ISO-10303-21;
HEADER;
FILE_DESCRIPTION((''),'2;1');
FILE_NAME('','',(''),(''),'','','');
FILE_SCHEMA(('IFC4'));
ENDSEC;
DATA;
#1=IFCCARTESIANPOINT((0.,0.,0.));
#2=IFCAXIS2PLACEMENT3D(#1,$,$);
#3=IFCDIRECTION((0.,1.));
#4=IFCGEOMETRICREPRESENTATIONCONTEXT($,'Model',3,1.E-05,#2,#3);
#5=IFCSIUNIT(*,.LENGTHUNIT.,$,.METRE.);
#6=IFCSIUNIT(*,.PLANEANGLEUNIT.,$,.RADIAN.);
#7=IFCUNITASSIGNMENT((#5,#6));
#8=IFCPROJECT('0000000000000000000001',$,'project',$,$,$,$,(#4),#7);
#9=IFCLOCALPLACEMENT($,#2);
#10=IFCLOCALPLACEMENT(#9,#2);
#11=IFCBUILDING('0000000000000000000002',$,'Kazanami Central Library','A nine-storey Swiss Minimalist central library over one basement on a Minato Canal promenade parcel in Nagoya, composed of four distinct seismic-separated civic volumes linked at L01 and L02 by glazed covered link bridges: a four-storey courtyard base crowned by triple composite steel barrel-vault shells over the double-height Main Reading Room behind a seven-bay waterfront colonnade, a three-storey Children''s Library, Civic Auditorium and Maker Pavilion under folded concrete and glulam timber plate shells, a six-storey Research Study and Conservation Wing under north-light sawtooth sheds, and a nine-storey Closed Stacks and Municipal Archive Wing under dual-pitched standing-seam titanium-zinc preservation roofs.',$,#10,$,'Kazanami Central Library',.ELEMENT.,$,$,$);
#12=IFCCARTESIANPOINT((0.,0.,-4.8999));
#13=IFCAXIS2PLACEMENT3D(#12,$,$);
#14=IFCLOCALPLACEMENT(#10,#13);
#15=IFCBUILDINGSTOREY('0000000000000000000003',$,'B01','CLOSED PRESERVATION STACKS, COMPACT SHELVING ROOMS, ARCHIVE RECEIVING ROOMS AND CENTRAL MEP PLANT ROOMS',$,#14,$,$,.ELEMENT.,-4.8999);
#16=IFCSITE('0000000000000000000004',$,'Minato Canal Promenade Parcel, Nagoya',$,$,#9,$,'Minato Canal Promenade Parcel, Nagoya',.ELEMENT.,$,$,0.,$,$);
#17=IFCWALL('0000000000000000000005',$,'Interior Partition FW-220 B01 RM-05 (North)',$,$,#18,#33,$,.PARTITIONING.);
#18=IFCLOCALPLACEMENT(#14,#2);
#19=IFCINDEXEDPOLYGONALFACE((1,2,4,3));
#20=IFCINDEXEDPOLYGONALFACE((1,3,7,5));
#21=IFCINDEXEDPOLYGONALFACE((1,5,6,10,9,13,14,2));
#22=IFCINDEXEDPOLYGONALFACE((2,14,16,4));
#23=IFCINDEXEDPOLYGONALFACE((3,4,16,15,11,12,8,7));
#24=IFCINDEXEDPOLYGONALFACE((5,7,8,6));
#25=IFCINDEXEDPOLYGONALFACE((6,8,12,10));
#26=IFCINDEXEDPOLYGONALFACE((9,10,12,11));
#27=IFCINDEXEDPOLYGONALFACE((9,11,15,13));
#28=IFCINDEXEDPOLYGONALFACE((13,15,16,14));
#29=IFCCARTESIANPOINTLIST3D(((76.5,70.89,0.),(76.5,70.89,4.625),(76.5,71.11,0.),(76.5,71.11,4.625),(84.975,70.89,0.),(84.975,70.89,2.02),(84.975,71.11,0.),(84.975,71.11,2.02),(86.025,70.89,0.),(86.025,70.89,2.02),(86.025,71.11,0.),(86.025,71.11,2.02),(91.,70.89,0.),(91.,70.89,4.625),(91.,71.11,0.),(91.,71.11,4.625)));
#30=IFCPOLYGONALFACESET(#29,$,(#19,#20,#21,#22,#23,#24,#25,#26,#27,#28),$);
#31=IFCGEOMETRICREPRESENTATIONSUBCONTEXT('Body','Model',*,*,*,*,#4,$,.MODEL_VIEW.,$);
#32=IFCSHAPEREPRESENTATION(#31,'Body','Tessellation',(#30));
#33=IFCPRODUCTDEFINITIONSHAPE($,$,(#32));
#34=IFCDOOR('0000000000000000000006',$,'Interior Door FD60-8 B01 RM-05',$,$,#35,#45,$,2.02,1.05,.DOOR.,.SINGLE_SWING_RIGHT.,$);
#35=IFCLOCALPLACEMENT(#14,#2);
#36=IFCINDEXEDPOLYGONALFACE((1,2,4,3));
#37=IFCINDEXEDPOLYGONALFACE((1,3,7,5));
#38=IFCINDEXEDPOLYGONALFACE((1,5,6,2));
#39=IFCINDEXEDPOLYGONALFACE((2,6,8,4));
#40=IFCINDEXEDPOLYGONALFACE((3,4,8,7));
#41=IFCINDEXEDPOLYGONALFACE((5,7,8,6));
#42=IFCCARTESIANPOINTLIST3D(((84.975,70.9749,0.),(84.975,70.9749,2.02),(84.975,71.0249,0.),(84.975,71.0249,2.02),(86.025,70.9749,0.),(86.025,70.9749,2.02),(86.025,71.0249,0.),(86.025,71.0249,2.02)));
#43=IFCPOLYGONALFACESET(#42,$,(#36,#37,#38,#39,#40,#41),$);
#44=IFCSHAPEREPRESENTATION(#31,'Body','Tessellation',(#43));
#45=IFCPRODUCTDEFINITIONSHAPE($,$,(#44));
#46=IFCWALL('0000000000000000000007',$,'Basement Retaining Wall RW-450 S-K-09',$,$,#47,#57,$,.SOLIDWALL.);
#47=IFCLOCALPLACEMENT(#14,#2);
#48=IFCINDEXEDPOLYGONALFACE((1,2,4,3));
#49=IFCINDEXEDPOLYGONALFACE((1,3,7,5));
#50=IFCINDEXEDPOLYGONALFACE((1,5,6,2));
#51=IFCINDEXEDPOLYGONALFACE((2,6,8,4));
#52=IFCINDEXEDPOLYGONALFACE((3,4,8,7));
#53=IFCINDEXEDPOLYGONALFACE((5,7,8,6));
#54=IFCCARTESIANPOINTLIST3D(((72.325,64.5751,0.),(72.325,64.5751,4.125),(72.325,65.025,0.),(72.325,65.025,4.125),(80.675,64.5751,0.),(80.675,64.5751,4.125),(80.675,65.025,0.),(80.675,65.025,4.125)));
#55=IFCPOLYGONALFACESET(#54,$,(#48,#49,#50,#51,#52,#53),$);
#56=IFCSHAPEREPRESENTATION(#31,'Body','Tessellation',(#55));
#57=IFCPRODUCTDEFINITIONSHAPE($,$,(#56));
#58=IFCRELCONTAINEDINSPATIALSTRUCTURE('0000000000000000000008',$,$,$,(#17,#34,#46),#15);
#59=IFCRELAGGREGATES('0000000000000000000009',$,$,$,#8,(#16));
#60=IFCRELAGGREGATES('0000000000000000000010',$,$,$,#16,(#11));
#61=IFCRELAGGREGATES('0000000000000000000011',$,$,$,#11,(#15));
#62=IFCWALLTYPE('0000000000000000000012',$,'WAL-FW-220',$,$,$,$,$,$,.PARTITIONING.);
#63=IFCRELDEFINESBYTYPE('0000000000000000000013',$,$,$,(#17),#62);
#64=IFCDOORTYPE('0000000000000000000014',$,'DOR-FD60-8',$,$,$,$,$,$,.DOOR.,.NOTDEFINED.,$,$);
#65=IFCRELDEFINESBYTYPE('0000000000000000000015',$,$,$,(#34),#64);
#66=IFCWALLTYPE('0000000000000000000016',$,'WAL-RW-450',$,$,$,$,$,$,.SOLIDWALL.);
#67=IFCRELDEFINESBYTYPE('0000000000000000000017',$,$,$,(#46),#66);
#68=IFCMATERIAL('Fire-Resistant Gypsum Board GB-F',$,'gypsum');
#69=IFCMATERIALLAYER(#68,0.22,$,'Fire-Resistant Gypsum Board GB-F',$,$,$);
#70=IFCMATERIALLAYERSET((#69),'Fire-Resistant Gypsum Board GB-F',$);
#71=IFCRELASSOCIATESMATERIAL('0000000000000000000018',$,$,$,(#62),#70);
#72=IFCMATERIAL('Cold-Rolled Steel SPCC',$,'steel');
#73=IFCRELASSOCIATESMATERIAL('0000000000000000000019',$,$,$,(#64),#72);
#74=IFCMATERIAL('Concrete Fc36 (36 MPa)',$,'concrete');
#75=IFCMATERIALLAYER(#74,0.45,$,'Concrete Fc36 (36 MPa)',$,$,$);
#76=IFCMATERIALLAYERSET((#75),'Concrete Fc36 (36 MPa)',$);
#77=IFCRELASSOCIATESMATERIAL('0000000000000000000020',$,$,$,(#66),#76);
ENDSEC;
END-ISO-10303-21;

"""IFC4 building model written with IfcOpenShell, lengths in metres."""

from ifc_helpers import new_model, si_unit, direction, frame, frame_2d, origin, place, context, subcontext, project, spatial, rectangle, extrude, material, layer, layer_set, type_object, element, fill, save


model = new_model("IFC4")

# Units and contexts
model_context = context("Model", 3, precision=1e-05, world=origin(), true_north=direction((0.0, 1.0)))
body_context = subcontext(model_context, "Body", "Model", "MODEL_VIEW")
ifc_project = project(units=[si_unit("LENGTHUNIT", "METRE"), si_unit("PLANEANGLEUNIT", "RADIAN")], contexts=[model_context])

# Site, building, storey
site_placement = place(None, origin())
site = spatial("IfcSite", under=ifc_project, at=site_placement, Name="Minato Canal Promenade Parcel, Nagoya", LongName="Minato Canal Promenade Parcel, Nagoya", CompositionType="ELEMENT", RefElevation=0.0)
building_placement = place(site_placement, origin())
building = spatial("IfcBuilding", under=site, at=building_placement, Name="Kazanami Central Library", Description="A nine-storey Swiss Minimalist central library over one basement on a Minato Canal promenade parcel in Nagoya, composed of four distinct seismic-separated civic volumes linked at L01 and L02 by glazed covered link bridges: a four-storey courtyard base crowned by triple composite steel barrel-vault shells over the double-height Main Reading Room behind a seven-bay waterfront colonnade, a three-storey Children's Library, Civic Auditorium and Maker Pavilion under folded concrete and glulam timber plate shells, a six-storey Research Study and Conservation Wing under north-light sawtooth sheds, and a nine-storey Closed Stacks and Municipal Archive Wing under dual-pitched standing-seam titanium-zinc preservation roofs.", LongName="Kazanami Central Library", CompositionType="ELEMENT")
storey_placement = place(building_placement, frame((0.0, 0.0, -4.8999)))
storey = spatial("IfcBuildingStorey", under=building, at=storey_placement, Name="B01", Description="CLOSED PRESERVATION STACKS, COMPACT SHELVING ROOMS, ARCHIVE RECEIVING ROOMS AND CENTRAL MEP PLANT ROOMS", CompositionType="ELEMENT", Elevation=-4.8999)

# Shared definitions
ifc_material_1 = material(Name="Concrete Fc36 (36 MPa)", Category="concrete")

# Shared definitions
ifc_material_2 = material(Name="Fire-Resistant Gypsum Board GB-F", Category="gypsum")
ifc_material_3 = material(Name="Cold-Rolled Steel SPCC", Category="steel")

# Shared definitions
ifc_layer_1 = layer(ifc_material_2, 0.22, Name="Fire-Resistant Gypsum Board GB-F")
ifc_layer_set_1 = layer_set([ifc_layer_1], Name="Fire-Resistant Gypsum Board GB-F")
wall_type_1 = type_object("IfcWallType", Name="WAL-FW-220", PredefinedType="PARTITIONING", material=ifc_layer_set_1)

# Wall, opening, door
wall_1_placement = place(storey_placement, frame((76.5, 71.0, 0.0), z_axis=(0.0, 0.0, 1.0), x_axis=(1.0, 0.0, 0.0)))
wall_1 = element("IfcWall", 1, at=wall_1_placement, inside=storey, type_object=wall_type_1, Name="Interior Partition FW-220 B01 RM-05 (North)", PredefinedType="PARTITIONING", context=body_context, shape_type="SweptSolid", body=[
    extrude(rectangle(XDim=14.5, YDim=0.22, at=frame_2d((7.25, 0.0))), origin(), (0.0, 0.0, 1.0), 4.625),
])
opening_1_placement = place(wall_1_placement, frame((8.4751, 0.0, 0.0)))
opening_1 = element("IfcOpeningElement", 2, at=opening_1_placement, cuts=wall_1, PredefinedType="OPENING", context=body_context, shape_type="SweptSolid", body=[
    extrude(rectangle(XDim=1.05, YDim=2.02, at=frame_2d((0.5249, 1.01))), frame((0.0, 0.1221, 0.0), z_axis=(0.0, -1.0, 0.0), x_axis=(1.0, 0.0, 0.0)), (0.0, 0.0, 1.0), 0.2439),
])
door_type_1 = type_object("IfcDoorType", Name="DOR-FD60-8", OperationType="NOTDEFINED", PredefinedType="DOOR", material=ifc_material_3)
door_1_placement = place(opening_1_placement, origin())
door_1 = element("IfcDoor", 3, at=door_1_placement, inside=storey, type_object=door_type_1, Name="Interior Door FD60-8 B01 RM-05", OperationType="SINGLE_SWING_RIGHT", OverallHeight=2.02, OverallWidth=1.05, PredefinedType="DOOR", context=body_context, shape_type="SweptSolid", body=[
    extrude(rectangle(XDim=1.05, YDim=2.02, at=frame_2d((0.5249, 1.01))), frame((0.0, 0.0249, 0.0), z_axis=(0.0, -1.0, 0.0), x_axis=(1.0, 0.0, 0.0)), (0.0, 0.0, 1.0), 0.05),
])
fill(opening_1, door_1)

# Wall
ifc_layer_2 = layer(ifc_material_1, 0.45, Name="Concrete Fc36 (36 MPa)")
ifc_layer_set_2 = layer_set([ifc_layer_2], Name="Concrete Fc36 (36 MPa)")
wall_type_2 = type_object("IfcWallType", Name="WAL-RW-450", PredefinedType="SOLIDWALL", material=ifc_layer_set_2)
wall_2_placement = place(storey_placement, frame((72.325, 64.8, 0.0), z_axis=(0.0, 0.0, 1.0), x_axis=(1.0, 0.0, 0.0)))
element("IfcWall", 4, at=wall_2_placement, inside=storey, type_object=wall_type_2, Name="Basement Retaining Wall RW-450 S-K-09", PredefinedType="SOLIDWALL", context=body_context, shape_type="SweptSolid", body=[
    extrude(rectangle(XDim=8.3501, YDim=0.45, at=frame_2d((4.175, 0.0))), origin(), (0.0, 0.0, 1.0), 4.125),
])

save(model, "model.ifc")
